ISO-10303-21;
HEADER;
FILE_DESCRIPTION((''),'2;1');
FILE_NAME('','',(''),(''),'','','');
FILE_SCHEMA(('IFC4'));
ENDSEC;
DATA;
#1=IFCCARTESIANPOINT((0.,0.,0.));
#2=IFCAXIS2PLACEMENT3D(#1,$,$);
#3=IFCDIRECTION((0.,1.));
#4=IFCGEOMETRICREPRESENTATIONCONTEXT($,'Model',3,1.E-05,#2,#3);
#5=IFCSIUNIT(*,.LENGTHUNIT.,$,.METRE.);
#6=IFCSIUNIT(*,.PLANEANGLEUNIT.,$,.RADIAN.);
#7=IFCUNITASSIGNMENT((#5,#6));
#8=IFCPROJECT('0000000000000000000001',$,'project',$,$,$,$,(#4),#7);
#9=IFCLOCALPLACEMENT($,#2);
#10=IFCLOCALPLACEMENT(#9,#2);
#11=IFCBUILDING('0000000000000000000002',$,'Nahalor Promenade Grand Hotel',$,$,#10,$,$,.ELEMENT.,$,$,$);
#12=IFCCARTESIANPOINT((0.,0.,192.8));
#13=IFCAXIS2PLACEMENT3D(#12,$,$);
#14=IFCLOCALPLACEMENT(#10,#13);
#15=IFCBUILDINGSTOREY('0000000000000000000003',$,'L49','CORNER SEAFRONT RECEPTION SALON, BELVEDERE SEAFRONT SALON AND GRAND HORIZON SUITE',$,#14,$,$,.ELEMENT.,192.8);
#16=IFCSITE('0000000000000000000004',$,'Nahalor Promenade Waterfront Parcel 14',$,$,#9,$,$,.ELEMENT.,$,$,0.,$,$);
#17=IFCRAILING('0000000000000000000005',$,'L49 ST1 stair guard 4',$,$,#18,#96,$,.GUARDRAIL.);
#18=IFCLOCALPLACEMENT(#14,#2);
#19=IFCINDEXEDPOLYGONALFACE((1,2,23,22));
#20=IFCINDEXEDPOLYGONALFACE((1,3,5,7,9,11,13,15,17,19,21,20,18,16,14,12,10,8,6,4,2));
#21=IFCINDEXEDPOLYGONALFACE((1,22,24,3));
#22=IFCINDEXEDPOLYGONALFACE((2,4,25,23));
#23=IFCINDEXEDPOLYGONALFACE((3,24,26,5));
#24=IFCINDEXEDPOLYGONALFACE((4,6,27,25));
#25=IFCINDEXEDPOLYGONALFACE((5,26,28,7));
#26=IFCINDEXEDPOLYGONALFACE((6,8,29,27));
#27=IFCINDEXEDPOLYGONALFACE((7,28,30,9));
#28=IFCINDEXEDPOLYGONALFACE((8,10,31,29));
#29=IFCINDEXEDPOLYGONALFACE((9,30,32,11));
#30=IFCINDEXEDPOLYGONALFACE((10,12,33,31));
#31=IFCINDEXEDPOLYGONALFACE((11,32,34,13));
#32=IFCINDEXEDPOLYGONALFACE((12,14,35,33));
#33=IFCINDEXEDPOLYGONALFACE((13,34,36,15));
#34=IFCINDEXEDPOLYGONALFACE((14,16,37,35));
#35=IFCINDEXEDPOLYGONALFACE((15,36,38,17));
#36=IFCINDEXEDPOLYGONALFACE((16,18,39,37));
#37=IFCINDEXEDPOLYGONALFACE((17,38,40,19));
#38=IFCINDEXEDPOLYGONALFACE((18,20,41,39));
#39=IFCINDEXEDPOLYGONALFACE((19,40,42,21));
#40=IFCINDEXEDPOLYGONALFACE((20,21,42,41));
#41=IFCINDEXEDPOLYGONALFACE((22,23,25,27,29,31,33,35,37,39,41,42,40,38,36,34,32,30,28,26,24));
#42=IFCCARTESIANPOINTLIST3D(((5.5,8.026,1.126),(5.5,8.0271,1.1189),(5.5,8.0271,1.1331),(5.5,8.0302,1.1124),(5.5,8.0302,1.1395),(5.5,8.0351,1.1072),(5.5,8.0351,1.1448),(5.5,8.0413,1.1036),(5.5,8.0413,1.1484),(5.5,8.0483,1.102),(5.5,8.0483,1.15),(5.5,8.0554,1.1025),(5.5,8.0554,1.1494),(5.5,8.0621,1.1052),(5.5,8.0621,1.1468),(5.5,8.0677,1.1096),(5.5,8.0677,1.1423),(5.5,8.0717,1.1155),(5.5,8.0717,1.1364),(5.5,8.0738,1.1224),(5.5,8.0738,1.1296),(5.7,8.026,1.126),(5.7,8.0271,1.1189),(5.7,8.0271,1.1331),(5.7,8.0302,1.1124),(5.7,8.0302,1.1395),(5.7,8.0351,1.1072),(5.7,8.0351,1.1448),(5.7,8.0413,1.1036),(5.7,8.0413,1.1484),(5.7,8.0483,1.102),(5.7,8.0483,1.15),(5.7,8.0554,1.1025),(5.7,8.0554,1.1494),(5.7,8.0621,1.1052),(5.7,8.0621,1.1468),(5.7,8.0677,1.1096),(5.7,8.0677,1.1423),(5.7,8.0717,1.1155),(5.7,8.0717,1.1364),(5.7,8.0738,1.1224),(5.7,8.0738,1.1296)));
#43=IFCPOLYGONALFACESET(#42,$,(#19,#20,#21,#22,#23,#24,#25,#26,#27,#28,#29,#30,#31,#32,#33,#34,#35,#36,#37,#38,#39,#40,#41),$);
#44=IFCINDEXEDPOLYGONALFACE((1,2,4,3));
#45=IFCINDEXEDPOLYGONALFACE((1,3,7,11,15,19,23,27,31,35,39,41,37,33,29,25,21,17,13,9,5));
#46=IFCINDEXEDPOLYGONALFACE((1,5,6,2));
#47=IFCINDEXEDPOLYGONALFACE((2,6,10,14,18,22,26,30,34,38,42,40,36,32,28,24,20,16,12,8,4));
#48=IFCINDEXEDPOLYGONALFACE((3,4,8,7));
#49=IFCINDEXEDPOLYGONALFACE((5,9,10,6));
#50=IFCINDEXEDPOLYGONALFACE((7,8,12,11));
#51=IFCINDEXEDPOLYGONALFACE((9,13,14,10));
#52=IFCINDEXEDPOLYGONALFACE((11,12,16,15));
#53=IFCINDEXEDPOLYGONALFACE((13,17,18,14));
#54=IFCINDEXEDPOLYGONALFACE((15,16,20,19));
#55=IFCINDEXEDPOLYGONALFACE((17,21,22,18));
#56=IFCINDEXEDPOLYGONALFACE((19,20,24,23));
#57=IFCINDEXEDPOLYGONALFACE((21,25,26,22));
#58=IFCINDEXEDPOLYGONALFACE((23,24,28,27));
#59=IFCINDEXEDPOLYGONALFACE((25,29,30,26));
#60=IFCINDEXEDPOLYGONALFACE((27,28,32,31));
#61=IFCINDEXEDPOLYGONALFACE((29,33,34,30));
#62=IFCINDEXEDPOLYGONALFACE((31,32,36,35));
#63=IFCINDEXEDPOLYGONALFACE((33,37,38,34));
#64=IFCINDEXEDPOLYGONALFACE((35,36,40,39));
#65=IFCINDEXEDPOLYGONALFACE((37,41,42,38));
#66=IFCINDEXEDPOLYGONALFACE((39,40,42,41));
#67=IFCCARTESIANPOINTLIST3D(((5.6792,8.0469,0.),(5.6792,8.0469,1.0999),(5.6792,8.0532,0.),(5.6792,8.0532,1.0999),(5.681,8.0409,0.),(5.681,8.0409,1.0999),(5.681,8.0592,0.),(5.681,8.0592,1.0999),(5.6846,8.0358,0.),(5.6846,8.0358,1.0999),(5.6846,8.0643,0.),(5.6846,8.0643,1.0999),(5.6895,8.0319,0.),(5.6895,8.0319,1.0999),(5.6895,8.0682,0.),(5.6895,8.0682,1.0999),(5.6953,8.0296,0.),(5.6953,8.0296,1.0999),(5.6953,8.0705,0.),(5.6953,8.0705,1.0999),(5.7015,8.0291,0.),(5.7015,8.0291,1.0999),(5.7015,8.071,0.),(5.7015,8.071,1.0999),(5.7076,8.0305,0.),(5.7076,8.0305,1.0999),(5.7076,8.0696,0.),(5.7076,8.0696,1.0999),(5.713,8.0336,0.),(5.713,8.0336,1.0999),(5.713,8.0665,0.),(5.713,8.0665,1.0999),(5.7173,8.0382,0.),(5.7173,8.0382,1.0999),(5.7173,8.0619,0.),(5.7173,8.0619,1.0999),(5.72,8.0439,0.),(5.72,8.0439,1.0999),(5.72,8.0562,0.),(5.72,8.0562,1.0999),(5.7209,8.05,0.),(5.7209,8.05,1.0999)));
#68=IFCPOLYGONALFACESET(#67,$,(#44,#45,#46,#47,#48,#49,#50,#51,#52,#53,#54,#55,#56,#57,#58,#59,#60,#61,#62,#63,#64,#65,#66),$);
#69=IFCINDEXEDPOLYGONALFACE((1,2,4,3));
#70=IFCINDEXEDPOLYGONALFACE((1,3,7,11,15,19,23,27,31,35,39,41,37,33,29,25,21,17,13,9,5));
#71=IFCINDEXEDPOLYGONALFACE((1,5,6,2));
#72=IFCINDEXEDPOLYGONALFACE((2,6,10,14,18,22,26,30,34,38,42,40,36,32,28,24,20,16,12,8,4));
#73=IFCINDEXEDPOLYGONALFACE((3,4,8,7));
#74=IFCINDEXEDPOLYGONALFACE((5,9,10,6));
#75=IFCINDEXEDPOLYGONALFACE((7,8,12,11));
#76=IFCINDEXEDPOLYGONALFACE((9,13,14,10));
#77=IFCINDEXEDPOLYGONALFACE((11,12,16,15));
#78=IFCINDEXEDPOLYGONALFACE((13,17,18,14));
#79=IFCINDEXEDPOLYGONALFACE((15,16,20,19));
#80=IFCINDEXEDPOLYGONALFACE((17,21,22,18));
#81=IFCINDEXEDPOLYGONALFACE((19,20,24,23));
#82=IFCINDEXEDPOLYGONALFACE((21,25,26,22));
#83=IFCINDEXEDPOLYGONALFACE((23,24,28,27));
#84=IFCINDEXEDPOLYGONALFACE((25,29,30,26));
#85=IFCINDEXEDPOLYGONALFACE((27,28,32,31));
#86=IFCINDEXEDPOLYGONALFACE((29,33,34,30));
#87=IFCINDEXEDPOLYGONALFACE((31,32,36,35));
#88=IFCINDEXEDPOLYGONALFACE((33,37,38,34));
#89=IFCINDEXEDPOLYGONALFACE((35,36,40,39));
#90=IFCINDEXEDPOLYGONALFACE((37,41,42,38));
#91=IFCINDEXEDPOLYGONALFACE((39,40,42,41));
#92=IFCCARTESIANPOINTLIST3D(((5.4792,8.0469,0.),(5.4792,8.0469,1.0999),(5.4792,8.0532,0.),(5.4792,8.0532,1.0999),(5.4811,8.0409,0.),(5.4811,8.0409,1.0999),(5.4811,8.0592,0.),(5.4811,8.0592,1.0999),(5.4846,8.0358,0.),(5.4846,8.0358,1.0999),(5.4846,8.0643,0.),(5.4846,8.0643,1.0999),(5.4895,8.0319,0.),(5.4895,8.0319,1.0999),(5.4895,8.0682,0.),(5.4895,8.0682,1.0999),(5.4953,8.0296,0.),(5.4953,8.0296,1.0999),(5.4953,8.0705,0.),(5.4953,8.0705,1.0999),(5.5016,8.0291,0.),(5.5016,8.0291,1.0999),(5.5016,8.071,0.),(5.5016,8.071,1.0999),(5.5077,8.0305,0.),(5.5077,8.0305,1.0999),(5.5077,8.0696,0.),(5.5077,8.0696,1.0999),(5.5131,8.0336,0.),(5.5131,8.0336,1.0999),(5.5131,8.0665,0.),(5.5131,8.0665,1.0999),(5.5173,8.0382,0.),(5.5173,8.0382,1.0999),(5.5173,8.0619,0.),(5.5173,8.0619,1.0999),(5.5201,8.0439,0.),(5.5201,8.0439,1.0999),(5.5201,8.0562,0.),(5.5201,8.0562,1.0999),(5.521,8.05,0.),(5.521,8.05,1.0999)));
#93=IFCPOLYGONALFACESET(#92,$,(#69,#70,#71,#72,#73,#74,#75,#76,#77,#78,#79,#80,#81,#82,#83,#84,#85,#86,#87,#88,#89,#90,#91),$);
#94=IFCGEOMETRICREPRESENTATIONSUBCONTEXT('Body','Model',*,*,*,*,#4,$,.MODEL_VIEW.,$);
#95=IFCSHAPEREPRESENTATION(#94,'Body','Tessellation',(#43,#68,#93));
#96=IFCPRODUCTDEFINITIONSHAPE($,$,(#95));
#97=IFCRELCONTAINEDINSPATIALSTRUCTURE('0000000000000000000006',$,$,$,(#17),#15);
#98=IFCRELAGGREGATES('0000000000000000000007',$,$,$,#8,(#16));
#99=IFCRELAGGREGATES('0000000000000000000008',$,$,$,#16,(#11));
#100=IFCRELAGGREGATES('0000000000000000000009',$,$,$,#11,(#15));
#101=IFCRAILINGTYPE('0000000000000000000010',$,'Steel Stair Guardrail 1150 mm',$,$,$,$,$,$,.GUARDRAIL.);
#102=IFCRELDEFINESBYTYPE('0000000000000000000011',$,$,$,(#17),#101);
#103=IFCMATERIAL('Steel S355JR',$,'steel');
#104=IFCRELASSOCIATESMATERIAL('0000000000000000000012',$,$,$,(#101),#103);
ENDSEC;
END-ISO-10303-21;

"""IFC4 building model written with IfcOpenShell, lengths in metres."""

from ifc_helpers import new_model, si_unit, direction, frame, origin, origin_2d, place, context, subcontext, project, spatial, circle, extrude, material, type_object, element, save


model = new_model("IFC4")

# Units and contexts
model_context = context("Model", 3, precision=1e-05, world=origin(), true_north=direction((0.0, 1.0)))
body_context = subcontext(model_context, "Body", "Model", "MODEL_VIEW")
ifc_project = project(units=[si_unit("LENGTHUNIT", "METRE"), si_unit("PLANEANGLEUNIT", "RADIAN")], contexts=[model_context])

# Site, building, storey
site_placement = place(None, origin())
site = spatial("IfcSite", under=ifc_project, at=site_placement, Name="Nahalor Promenade Waterfront Parcel 14", CompositionType="ELEMENT", RefElevation=0.0)
building_placement = place(site_placement, origin())
building = spatial("IfcBuilding", under=site, at=building_placement, Name="Nahalor Promenade Grand Hotel", CompositionType="ELEMENT")
storey_placement = place(building_placement, frame((0.0, 0.0, 192.8)))
storey = spatial("IfcBuildingStorey", under=building, at=storey_placement, Name="L49", Description="CORNER SEAFRONT RECEPTION SALON, BELVEDERE SEAFRONT SALON AND GRAND HORIZON SUITE", CompositionType="ELEMENT", Elevation=192.8)

# Shared definitions
ifc_material_1 = material(Name="Steel S355JR", Category="steel")

# Railing
railing_type_1 = type_object("IfcRailingType", Name="Steel Stair Guardrail 1150 mm", PredefinedType="GUARDRAIL", material=ifc_material_1)
railing_1_placement = place(storey_placement, frame((5.7, 8.05, 0.0)))
element("IfcRailing", 1, at=railing_1_placement, inside=storey, type_object=railing_type_1, Name="L49 ST1 stair guard 4", PredefinedType="GUARDRAIL", context=body_context, shape_type="SweptSolid", body=[
    extrude(circle(Radius=0.024, at=origin_2d()), frame((0.0, 0.0, 1.126), z_axis=(-1.0, 0.0, 0.0), x_axis=(0.0, -1.0, 0.0)), (0.0, 0.0, 1.0), 0.2),
    extrude(circle(Radius=0.021, at=origin_2d()), origin(), (0.0, 0.0, 1.0), 1.0999),
    extrude(circle(Radius=0.021, at=origin_2d()), frame((-0.2, 0.0, 0.0)), (0.0, 0.0, 1.0), 1.0999),
])

save(model, "model.ifc")
